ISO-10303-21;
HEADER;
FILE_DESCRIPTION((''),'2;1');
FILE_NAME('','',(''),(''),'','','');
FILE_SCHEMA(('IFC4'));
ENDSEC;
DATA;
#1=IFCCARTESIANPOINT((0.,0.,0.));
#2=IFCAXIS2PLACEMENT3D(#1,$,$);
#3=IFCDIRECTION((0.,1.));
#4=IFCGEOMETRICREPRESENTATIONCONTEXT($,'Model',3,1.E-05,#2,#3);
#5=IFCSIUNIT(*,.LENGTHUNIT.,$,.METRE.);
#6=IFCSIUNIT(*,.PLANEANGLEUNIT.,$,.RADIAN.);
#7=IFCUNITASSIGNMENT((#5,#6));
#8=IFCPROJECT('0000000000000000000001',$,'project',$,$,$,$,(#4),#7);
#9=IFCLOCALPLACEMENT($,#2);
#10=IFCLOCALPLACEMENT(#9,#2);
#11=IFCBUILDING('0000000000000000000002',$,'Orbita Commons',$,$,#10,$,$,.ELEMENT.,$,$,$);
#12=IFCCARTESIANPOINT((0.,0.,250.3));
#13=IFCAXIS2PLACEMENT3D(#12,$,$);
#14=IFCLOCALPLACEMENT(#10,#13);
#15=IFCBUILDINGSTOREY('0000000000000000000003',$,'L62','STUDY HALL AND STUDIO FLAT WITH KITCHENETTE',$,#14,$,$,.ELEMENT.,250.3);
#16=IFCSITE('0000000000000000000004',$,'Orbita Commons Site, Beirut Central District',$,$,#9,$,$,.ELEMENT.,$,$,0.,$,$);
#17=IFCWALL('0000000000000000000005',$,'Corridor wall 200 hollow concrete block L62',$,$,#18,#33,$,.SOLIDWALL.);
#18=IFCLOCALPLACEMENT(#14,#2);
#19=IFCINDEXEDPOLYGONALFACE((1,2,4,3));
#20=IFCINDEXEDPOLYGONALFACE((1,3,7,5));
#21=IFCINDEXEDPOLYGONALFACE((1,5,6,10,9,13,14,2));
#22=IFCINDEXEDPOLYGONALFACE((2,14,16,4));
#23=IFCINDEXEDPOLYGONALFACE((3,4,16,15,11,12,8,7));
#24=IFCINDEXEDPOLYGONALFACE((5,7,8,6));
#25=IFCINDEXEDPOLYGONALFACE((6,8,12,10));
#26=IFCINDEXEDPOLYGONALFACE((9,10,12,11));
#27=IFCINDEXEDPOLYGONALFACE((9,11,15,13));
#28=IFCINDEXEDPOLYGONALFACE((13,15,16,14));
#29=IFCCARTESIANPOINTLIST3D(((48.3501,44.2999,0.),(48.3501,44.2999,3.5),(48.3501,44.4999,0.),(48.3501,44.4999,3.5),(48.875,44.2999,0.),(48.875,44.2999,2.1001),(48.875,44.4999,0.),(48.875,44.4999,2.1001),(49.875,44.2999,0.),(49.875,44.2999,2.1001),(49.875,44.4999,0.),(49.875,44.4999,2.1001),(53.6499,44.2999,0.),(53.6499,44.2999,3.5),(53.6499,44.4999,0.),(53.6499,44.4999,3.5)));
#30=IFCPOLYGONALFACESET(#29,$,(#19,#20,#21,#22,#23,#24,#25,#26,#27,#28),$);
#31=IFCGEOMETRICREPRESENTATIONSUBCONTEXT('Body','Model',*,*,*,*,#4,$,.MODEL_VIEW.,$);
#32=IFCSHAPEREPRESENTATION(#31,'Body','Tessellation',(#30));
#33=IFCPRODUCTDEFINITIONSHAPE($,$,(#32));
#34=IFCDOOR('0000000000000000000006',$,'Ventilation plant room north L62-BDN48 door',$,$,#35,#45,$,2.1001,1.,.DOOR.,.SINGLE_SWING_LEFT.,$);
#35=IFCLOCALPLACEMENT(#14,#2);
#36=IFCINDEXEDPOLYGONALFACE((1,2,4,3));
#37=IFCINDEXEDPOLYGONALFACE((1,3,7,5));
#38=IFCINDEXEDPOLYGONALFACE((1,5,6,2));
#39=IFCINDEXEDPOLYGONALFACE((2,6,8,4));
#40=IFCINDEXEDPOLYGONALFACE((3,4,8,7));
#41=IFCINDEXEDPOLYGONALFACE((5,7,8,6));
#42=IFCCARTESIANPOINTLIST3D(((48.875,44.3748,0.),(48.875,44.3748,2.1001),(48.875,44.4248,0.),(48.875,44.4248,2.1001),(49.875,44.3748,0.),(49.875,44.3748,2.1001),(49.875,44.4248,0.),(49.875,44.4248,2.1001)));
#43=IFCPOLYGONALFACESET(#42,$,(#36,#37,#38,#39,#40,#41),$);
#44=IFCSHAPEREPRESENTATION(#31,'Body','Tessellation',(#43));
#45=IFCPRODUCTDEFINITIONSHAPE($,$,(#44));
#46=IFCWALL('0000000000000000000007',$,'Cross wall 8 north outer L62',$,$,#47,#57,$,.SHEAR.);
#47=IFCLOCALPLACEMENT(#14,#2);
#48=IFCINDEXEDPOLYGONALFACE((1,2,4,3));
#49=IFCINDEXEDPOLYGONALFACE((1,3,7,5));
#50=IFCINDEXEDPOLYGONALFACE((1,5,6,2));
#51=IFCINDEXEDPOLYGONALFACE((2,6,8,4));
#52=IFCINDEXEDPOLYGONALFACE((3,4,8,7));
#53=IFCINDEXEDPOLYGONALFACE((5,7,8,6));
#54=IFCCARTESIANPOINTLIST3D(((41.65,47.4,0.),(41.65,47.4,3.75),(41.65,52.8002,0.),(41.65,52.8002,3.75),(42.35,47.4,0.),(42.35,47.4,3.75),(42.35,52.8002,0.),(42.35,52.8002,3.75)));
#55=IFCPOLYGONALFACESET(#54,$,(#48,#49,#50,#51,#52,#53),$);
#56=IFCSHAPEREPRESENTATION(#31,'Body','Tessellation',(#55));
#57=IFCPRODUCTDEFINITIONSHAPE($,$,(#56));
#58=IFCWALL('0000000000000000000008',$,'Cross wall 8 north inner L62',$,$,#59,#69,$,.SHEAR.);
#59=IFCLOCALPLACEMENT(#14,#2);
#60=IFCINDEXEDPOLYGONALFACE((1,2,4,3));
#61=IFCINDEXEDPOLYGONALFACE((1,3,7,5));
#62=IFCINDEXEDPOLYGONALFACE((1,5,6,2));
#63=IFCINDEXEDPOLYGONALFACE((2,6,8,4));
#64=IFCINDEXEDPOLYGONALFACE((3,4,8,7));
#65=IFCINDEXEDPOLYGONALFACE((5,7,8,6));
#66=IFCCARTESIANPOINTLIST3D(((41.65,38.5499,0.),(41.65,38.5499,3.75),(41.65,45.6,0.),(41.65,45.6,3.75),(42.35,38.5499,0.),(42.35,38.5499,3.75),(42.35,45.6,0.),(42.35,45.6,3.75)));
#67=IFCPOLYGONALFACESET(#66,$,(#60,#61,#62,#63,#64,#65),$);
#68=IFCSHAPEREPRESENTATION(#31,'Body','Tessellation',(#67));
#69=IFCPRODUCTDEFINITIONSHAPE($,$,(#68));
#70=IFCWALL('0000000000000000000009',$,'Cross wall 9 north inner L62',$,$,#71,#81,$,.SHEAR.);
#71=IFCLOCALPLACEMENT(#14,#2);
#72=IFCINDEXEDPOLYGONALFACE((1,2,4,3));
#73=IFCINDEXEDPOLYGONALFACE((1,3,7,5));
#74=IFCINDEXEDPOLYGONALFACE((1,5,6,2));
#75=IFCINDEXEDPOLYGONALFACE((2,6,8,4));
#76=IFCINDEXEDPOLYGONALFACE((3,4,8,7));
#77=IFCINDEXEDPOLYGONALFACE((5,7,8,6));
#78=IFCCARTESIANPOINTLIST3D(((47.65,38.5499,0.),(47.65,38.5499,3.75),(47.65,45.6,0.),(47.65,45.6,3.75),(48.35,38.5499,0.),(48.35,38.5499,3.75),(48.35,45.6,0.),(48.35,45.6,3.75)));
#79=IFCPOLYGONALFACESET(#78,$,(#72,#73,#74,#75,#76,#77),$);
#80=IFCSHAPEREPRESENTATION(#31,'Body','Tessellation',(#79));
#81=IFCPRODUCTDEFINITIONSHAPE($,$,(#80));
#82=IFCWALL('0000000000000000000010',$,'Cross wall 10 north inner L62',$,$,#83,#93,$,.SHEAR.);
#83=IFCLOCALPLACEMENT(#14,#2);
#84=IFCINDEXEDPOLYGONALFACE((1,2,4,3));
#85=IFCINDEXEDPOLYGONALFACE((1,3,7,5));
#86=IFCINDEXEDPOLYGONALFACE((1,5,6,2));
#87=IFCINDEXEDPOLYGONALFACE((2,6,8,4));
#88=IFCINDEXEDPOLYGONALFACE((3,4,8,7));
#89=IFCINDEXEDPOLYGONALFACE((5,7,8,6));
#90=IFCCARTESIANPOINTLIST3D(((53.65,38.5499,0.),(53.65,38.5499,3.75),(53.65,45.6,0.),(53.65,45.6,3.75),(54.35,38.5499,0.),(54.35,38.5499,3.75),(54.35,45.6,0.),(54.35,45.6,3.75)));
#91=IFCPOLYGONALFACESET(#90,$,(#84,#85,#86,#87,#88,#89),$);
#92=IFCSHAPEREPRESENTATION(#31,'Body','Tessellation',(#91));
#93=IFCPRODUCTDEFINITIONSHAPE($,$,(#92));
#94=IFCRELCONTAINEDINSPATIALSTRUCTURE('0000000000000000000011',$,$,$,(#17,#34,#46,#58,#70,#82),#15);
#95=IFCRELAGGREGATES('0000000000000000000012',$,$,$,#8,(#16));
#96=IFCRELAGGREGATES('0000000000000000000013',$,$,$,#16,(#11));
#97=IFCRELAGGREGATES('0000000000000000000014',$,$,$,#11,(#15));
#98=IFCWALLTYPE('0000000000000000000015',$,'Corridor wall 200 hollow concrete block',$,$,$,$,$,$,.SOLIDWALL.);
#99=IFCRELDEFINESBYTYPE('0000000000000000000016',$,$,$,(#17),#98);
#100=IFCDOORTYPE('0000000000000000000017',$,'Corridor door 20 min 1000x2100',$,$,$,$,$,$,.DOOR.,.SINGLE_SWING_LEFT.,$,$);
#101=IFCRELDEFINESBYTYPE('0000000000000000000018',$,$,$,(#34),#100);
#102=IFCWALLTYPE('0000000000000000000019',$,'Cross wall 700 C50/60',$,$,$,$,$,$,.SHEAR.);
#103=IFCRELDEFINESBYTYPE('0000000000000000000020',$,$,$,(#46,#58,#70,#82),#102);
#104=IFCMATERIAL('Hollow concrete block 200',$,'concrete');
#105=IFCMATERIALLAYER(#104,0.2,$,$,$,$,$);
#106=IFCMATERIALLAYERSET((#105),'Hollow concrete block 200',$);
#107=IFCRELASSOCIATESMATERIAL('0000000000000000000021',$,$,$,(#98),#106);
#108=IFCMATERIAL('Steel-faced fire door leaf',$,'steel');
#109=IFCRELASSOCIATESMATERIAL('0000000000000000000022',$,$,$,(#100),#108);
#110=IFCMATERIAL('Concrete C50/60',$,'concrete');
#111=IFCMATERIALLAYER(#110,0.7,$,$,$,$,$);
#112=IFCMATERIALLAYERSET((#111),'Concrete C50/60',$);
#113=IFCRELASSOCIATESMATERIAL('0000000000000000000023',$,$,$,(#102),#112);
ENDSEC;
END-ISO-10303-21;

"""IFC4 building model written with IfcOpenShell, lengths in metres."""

from ifc_helpers import new_model, si_unit, direction, frame, frame_2d, origin, place, context, subcontext, project, spatial, rectangle, extrude, material, layer, layer_set, type_object, element, fill, save


model = new_model("IFC4")

# Units and contexts
model_context = context("Model", 3, precision=1e-05, world=origin(), true_north=direction((0.0, 1.0)))
body_context = subcontext(model_context, "Body", "Model", "MODEL_VIEW")
ifc_project = project(units=[si_unit("LENGTHUNIT", "METRE"), si_unit("PLANEANGLEUNIT", "RADIAN")], contexts=[model_context])

# Site, building, storey
site_placement = place(None, origin())
site = spatial("IfcSite", under=ifc_project, at=site_placement, Name="Orbita Commons Site, Beirut Central District", CompositionType="ELEMENT", RefElevation=0.0)
building_placement = place(site_placement, origin())
building = spatial("IfcBuilding", under=site, at=building_placement, Name="Orbita Commons", CompositionType="ELEMENT")
storey_placement = place(building_placement, frame((0.0, 0.0, 250.3)))
storey = spatial("IfcBuildingStorey", under=building, at=storey_placement, Name="L62", Description="STUDY HALL AND STUDIO FLAT WITH KITCHENETTE", CompositionType="ELEMENT", Elevation=250.3)

# Shared definitions
ifc_material_1 = material(Name="Hollow concrete block 200", Category="concrete")
ifc_layer_1 = layer(ifc_material_1, 0.2)
ifc_layer_set_1 = layer_set([ifc_layer_1], Name="Hollow concrete block 200")
wall_type_1 = type_object("IfcWallType", Name="Corridor wall 200 hollow concrete block", PredefinedType="SOLIDWALL", material=ifc_layer_set_1)
ifc_material_2 = material(Name="Steel-faced fire door leaf", Category="steel")
door_type_1 = type_object("IfcDoorType", Name="Corridor door 20 min 1000x2100", OperationType="SINGLE_SWING_LEFT", PredefinedType="DOOR", material=ifc_material_2)

# Wall, opening, door
wall_1_placement = place(storey_placement, frame((48.3501, 44.3999, 0.0), z_axis=(0.0, 0.0, 1.0), x_axis=(1.0, 0.0, 0.0)))
wall_1 = element("IfcWall", 1, at=wall_1_placement, inside=storey, type_object=wall_type_1, Name="Corridor wall 200 hollow concrete block L62", PredefinedType="SOLIDWALL", context=body_context, shape_type="SweptSolid", body=[
    extrude(rectangle(XDim=5.2998, YDim=0.2, at=frame_2d((2.6499, 0.0))), origin(), (0.0, 0.0, 1.0), 3.5),
])
opening_1_placement = place(wall_1_placement, frame((0.5249, 0.0, 0.0)))
opening_1 = element("IfcOpeningElement", 2, at=opening_1_placement, cuts=wall_1, PredefinedType="OPENING", context=body_context, shape_type="SweptSolid", body=[
    extrude(rectangle(XDim=1.0, YDim=2.1001, at=frame_2d((0.5, 1.05))), frame((0.0, 0.1099, 0.0), z_axis=(0.0, -1.0, 0.0), x_axis=(1.0, 0.0, 0.0)), (0.0, 0.0, 1.0), 0.22),
])
door_1_placement = place(opening_1_placement, origin())
door_1 = element("IfcDoor", 3, at=door_1_placement, inside=storey, type_object=door_type_1, Name="Ventilation plant room north L62-BDN48 door", OperationType="SINGLE_SWING_LEFT", OverallHeight=2.1001, OverallWidth=1.0, PredefinedType="DOOR", context=body_context, shape_type="SweptSolid", body=[
    extrude(rectangle(XDim=1.0, YDim=2.1001, at=frame_2d((0.5, 1.05))), frame((0.0, 0.0249, 0.0), z_axis=(0.0, -1.0, 0.0), x_axis=(1.0, 0.0, 0.0)), (0.0, 0.0, 1.0), 0.05),
])
fill(opening_1, door_1)

# Walls
ifc_material_3 = material(Name="Concrete C50/60", Category="concrete")
ifc_layer_2 = layer(ifc_material_3, 0.7)
ifc_layer_set_2 = layer_set([ifc_layer_2], Name="Concrete C50/60")
wall_type_2 = type_object("IfcWallType", Name="Cross wall 700 C50/60", PredefinedType="SHEAR", material=ifc_layer_set_2)
wall_2_placement = place(storey_placement, frame((42.0, 47.3999, 0.0), z_axis=(0.0, 0.0, 1.0), x_axis=(0.0, 1.0, 0.0)))
element("IfcWall", 4, at=wall_2_placement, inside=storey, type_object=wall_type_2, Name="Cross wall 8 north outer L62", PredefinedType="SHEAR", context=body_context, shape_type="SweptSolid", body=[
    extrude(rectangle(XDim=5.4001, YDim=0.7, at=frame_2d((2.7002, 0.0))), origin(), (0.0, 0.0, 1.0), 3.75),
])
for number, where, z_axis, x_axis, name in (
    (5, (42.0, 38.55, 0.0), (0.0, 0.0, 1.0), (0.0, 1.0, 0.0), "Cross wall 8 north inner L62"),
    (6, (48.0, 38.55, 0.0), (0.0, 0.0, 1.0), (0.0, 1.0, 0.0), "Cross wall 9 north inner L62"),
    (7, (54.0, 38.55, 0.0), (0.0, 0.0, 1.0), (0.0, 1.0, 0.0), "Cross wall 10 north inner L62"),
):
    element("IfcWall", number, at=place(storey_placement, frame(where, z_axis=z_axis, x_axis=x_axis)), inside=storey, type_object=wall_type_2, Name=name, PredefinedType="SHEAR", context=body_context, shape_type="SweptSolid", body=[
        extrude(rectangle(XDim=7.05, YDim=0.7, at=frame_2d((3.5249, 0.0))), origin(), (0.0, 0.0, 1.0), 3.75),
    ])

save(model, "model.ifc")
